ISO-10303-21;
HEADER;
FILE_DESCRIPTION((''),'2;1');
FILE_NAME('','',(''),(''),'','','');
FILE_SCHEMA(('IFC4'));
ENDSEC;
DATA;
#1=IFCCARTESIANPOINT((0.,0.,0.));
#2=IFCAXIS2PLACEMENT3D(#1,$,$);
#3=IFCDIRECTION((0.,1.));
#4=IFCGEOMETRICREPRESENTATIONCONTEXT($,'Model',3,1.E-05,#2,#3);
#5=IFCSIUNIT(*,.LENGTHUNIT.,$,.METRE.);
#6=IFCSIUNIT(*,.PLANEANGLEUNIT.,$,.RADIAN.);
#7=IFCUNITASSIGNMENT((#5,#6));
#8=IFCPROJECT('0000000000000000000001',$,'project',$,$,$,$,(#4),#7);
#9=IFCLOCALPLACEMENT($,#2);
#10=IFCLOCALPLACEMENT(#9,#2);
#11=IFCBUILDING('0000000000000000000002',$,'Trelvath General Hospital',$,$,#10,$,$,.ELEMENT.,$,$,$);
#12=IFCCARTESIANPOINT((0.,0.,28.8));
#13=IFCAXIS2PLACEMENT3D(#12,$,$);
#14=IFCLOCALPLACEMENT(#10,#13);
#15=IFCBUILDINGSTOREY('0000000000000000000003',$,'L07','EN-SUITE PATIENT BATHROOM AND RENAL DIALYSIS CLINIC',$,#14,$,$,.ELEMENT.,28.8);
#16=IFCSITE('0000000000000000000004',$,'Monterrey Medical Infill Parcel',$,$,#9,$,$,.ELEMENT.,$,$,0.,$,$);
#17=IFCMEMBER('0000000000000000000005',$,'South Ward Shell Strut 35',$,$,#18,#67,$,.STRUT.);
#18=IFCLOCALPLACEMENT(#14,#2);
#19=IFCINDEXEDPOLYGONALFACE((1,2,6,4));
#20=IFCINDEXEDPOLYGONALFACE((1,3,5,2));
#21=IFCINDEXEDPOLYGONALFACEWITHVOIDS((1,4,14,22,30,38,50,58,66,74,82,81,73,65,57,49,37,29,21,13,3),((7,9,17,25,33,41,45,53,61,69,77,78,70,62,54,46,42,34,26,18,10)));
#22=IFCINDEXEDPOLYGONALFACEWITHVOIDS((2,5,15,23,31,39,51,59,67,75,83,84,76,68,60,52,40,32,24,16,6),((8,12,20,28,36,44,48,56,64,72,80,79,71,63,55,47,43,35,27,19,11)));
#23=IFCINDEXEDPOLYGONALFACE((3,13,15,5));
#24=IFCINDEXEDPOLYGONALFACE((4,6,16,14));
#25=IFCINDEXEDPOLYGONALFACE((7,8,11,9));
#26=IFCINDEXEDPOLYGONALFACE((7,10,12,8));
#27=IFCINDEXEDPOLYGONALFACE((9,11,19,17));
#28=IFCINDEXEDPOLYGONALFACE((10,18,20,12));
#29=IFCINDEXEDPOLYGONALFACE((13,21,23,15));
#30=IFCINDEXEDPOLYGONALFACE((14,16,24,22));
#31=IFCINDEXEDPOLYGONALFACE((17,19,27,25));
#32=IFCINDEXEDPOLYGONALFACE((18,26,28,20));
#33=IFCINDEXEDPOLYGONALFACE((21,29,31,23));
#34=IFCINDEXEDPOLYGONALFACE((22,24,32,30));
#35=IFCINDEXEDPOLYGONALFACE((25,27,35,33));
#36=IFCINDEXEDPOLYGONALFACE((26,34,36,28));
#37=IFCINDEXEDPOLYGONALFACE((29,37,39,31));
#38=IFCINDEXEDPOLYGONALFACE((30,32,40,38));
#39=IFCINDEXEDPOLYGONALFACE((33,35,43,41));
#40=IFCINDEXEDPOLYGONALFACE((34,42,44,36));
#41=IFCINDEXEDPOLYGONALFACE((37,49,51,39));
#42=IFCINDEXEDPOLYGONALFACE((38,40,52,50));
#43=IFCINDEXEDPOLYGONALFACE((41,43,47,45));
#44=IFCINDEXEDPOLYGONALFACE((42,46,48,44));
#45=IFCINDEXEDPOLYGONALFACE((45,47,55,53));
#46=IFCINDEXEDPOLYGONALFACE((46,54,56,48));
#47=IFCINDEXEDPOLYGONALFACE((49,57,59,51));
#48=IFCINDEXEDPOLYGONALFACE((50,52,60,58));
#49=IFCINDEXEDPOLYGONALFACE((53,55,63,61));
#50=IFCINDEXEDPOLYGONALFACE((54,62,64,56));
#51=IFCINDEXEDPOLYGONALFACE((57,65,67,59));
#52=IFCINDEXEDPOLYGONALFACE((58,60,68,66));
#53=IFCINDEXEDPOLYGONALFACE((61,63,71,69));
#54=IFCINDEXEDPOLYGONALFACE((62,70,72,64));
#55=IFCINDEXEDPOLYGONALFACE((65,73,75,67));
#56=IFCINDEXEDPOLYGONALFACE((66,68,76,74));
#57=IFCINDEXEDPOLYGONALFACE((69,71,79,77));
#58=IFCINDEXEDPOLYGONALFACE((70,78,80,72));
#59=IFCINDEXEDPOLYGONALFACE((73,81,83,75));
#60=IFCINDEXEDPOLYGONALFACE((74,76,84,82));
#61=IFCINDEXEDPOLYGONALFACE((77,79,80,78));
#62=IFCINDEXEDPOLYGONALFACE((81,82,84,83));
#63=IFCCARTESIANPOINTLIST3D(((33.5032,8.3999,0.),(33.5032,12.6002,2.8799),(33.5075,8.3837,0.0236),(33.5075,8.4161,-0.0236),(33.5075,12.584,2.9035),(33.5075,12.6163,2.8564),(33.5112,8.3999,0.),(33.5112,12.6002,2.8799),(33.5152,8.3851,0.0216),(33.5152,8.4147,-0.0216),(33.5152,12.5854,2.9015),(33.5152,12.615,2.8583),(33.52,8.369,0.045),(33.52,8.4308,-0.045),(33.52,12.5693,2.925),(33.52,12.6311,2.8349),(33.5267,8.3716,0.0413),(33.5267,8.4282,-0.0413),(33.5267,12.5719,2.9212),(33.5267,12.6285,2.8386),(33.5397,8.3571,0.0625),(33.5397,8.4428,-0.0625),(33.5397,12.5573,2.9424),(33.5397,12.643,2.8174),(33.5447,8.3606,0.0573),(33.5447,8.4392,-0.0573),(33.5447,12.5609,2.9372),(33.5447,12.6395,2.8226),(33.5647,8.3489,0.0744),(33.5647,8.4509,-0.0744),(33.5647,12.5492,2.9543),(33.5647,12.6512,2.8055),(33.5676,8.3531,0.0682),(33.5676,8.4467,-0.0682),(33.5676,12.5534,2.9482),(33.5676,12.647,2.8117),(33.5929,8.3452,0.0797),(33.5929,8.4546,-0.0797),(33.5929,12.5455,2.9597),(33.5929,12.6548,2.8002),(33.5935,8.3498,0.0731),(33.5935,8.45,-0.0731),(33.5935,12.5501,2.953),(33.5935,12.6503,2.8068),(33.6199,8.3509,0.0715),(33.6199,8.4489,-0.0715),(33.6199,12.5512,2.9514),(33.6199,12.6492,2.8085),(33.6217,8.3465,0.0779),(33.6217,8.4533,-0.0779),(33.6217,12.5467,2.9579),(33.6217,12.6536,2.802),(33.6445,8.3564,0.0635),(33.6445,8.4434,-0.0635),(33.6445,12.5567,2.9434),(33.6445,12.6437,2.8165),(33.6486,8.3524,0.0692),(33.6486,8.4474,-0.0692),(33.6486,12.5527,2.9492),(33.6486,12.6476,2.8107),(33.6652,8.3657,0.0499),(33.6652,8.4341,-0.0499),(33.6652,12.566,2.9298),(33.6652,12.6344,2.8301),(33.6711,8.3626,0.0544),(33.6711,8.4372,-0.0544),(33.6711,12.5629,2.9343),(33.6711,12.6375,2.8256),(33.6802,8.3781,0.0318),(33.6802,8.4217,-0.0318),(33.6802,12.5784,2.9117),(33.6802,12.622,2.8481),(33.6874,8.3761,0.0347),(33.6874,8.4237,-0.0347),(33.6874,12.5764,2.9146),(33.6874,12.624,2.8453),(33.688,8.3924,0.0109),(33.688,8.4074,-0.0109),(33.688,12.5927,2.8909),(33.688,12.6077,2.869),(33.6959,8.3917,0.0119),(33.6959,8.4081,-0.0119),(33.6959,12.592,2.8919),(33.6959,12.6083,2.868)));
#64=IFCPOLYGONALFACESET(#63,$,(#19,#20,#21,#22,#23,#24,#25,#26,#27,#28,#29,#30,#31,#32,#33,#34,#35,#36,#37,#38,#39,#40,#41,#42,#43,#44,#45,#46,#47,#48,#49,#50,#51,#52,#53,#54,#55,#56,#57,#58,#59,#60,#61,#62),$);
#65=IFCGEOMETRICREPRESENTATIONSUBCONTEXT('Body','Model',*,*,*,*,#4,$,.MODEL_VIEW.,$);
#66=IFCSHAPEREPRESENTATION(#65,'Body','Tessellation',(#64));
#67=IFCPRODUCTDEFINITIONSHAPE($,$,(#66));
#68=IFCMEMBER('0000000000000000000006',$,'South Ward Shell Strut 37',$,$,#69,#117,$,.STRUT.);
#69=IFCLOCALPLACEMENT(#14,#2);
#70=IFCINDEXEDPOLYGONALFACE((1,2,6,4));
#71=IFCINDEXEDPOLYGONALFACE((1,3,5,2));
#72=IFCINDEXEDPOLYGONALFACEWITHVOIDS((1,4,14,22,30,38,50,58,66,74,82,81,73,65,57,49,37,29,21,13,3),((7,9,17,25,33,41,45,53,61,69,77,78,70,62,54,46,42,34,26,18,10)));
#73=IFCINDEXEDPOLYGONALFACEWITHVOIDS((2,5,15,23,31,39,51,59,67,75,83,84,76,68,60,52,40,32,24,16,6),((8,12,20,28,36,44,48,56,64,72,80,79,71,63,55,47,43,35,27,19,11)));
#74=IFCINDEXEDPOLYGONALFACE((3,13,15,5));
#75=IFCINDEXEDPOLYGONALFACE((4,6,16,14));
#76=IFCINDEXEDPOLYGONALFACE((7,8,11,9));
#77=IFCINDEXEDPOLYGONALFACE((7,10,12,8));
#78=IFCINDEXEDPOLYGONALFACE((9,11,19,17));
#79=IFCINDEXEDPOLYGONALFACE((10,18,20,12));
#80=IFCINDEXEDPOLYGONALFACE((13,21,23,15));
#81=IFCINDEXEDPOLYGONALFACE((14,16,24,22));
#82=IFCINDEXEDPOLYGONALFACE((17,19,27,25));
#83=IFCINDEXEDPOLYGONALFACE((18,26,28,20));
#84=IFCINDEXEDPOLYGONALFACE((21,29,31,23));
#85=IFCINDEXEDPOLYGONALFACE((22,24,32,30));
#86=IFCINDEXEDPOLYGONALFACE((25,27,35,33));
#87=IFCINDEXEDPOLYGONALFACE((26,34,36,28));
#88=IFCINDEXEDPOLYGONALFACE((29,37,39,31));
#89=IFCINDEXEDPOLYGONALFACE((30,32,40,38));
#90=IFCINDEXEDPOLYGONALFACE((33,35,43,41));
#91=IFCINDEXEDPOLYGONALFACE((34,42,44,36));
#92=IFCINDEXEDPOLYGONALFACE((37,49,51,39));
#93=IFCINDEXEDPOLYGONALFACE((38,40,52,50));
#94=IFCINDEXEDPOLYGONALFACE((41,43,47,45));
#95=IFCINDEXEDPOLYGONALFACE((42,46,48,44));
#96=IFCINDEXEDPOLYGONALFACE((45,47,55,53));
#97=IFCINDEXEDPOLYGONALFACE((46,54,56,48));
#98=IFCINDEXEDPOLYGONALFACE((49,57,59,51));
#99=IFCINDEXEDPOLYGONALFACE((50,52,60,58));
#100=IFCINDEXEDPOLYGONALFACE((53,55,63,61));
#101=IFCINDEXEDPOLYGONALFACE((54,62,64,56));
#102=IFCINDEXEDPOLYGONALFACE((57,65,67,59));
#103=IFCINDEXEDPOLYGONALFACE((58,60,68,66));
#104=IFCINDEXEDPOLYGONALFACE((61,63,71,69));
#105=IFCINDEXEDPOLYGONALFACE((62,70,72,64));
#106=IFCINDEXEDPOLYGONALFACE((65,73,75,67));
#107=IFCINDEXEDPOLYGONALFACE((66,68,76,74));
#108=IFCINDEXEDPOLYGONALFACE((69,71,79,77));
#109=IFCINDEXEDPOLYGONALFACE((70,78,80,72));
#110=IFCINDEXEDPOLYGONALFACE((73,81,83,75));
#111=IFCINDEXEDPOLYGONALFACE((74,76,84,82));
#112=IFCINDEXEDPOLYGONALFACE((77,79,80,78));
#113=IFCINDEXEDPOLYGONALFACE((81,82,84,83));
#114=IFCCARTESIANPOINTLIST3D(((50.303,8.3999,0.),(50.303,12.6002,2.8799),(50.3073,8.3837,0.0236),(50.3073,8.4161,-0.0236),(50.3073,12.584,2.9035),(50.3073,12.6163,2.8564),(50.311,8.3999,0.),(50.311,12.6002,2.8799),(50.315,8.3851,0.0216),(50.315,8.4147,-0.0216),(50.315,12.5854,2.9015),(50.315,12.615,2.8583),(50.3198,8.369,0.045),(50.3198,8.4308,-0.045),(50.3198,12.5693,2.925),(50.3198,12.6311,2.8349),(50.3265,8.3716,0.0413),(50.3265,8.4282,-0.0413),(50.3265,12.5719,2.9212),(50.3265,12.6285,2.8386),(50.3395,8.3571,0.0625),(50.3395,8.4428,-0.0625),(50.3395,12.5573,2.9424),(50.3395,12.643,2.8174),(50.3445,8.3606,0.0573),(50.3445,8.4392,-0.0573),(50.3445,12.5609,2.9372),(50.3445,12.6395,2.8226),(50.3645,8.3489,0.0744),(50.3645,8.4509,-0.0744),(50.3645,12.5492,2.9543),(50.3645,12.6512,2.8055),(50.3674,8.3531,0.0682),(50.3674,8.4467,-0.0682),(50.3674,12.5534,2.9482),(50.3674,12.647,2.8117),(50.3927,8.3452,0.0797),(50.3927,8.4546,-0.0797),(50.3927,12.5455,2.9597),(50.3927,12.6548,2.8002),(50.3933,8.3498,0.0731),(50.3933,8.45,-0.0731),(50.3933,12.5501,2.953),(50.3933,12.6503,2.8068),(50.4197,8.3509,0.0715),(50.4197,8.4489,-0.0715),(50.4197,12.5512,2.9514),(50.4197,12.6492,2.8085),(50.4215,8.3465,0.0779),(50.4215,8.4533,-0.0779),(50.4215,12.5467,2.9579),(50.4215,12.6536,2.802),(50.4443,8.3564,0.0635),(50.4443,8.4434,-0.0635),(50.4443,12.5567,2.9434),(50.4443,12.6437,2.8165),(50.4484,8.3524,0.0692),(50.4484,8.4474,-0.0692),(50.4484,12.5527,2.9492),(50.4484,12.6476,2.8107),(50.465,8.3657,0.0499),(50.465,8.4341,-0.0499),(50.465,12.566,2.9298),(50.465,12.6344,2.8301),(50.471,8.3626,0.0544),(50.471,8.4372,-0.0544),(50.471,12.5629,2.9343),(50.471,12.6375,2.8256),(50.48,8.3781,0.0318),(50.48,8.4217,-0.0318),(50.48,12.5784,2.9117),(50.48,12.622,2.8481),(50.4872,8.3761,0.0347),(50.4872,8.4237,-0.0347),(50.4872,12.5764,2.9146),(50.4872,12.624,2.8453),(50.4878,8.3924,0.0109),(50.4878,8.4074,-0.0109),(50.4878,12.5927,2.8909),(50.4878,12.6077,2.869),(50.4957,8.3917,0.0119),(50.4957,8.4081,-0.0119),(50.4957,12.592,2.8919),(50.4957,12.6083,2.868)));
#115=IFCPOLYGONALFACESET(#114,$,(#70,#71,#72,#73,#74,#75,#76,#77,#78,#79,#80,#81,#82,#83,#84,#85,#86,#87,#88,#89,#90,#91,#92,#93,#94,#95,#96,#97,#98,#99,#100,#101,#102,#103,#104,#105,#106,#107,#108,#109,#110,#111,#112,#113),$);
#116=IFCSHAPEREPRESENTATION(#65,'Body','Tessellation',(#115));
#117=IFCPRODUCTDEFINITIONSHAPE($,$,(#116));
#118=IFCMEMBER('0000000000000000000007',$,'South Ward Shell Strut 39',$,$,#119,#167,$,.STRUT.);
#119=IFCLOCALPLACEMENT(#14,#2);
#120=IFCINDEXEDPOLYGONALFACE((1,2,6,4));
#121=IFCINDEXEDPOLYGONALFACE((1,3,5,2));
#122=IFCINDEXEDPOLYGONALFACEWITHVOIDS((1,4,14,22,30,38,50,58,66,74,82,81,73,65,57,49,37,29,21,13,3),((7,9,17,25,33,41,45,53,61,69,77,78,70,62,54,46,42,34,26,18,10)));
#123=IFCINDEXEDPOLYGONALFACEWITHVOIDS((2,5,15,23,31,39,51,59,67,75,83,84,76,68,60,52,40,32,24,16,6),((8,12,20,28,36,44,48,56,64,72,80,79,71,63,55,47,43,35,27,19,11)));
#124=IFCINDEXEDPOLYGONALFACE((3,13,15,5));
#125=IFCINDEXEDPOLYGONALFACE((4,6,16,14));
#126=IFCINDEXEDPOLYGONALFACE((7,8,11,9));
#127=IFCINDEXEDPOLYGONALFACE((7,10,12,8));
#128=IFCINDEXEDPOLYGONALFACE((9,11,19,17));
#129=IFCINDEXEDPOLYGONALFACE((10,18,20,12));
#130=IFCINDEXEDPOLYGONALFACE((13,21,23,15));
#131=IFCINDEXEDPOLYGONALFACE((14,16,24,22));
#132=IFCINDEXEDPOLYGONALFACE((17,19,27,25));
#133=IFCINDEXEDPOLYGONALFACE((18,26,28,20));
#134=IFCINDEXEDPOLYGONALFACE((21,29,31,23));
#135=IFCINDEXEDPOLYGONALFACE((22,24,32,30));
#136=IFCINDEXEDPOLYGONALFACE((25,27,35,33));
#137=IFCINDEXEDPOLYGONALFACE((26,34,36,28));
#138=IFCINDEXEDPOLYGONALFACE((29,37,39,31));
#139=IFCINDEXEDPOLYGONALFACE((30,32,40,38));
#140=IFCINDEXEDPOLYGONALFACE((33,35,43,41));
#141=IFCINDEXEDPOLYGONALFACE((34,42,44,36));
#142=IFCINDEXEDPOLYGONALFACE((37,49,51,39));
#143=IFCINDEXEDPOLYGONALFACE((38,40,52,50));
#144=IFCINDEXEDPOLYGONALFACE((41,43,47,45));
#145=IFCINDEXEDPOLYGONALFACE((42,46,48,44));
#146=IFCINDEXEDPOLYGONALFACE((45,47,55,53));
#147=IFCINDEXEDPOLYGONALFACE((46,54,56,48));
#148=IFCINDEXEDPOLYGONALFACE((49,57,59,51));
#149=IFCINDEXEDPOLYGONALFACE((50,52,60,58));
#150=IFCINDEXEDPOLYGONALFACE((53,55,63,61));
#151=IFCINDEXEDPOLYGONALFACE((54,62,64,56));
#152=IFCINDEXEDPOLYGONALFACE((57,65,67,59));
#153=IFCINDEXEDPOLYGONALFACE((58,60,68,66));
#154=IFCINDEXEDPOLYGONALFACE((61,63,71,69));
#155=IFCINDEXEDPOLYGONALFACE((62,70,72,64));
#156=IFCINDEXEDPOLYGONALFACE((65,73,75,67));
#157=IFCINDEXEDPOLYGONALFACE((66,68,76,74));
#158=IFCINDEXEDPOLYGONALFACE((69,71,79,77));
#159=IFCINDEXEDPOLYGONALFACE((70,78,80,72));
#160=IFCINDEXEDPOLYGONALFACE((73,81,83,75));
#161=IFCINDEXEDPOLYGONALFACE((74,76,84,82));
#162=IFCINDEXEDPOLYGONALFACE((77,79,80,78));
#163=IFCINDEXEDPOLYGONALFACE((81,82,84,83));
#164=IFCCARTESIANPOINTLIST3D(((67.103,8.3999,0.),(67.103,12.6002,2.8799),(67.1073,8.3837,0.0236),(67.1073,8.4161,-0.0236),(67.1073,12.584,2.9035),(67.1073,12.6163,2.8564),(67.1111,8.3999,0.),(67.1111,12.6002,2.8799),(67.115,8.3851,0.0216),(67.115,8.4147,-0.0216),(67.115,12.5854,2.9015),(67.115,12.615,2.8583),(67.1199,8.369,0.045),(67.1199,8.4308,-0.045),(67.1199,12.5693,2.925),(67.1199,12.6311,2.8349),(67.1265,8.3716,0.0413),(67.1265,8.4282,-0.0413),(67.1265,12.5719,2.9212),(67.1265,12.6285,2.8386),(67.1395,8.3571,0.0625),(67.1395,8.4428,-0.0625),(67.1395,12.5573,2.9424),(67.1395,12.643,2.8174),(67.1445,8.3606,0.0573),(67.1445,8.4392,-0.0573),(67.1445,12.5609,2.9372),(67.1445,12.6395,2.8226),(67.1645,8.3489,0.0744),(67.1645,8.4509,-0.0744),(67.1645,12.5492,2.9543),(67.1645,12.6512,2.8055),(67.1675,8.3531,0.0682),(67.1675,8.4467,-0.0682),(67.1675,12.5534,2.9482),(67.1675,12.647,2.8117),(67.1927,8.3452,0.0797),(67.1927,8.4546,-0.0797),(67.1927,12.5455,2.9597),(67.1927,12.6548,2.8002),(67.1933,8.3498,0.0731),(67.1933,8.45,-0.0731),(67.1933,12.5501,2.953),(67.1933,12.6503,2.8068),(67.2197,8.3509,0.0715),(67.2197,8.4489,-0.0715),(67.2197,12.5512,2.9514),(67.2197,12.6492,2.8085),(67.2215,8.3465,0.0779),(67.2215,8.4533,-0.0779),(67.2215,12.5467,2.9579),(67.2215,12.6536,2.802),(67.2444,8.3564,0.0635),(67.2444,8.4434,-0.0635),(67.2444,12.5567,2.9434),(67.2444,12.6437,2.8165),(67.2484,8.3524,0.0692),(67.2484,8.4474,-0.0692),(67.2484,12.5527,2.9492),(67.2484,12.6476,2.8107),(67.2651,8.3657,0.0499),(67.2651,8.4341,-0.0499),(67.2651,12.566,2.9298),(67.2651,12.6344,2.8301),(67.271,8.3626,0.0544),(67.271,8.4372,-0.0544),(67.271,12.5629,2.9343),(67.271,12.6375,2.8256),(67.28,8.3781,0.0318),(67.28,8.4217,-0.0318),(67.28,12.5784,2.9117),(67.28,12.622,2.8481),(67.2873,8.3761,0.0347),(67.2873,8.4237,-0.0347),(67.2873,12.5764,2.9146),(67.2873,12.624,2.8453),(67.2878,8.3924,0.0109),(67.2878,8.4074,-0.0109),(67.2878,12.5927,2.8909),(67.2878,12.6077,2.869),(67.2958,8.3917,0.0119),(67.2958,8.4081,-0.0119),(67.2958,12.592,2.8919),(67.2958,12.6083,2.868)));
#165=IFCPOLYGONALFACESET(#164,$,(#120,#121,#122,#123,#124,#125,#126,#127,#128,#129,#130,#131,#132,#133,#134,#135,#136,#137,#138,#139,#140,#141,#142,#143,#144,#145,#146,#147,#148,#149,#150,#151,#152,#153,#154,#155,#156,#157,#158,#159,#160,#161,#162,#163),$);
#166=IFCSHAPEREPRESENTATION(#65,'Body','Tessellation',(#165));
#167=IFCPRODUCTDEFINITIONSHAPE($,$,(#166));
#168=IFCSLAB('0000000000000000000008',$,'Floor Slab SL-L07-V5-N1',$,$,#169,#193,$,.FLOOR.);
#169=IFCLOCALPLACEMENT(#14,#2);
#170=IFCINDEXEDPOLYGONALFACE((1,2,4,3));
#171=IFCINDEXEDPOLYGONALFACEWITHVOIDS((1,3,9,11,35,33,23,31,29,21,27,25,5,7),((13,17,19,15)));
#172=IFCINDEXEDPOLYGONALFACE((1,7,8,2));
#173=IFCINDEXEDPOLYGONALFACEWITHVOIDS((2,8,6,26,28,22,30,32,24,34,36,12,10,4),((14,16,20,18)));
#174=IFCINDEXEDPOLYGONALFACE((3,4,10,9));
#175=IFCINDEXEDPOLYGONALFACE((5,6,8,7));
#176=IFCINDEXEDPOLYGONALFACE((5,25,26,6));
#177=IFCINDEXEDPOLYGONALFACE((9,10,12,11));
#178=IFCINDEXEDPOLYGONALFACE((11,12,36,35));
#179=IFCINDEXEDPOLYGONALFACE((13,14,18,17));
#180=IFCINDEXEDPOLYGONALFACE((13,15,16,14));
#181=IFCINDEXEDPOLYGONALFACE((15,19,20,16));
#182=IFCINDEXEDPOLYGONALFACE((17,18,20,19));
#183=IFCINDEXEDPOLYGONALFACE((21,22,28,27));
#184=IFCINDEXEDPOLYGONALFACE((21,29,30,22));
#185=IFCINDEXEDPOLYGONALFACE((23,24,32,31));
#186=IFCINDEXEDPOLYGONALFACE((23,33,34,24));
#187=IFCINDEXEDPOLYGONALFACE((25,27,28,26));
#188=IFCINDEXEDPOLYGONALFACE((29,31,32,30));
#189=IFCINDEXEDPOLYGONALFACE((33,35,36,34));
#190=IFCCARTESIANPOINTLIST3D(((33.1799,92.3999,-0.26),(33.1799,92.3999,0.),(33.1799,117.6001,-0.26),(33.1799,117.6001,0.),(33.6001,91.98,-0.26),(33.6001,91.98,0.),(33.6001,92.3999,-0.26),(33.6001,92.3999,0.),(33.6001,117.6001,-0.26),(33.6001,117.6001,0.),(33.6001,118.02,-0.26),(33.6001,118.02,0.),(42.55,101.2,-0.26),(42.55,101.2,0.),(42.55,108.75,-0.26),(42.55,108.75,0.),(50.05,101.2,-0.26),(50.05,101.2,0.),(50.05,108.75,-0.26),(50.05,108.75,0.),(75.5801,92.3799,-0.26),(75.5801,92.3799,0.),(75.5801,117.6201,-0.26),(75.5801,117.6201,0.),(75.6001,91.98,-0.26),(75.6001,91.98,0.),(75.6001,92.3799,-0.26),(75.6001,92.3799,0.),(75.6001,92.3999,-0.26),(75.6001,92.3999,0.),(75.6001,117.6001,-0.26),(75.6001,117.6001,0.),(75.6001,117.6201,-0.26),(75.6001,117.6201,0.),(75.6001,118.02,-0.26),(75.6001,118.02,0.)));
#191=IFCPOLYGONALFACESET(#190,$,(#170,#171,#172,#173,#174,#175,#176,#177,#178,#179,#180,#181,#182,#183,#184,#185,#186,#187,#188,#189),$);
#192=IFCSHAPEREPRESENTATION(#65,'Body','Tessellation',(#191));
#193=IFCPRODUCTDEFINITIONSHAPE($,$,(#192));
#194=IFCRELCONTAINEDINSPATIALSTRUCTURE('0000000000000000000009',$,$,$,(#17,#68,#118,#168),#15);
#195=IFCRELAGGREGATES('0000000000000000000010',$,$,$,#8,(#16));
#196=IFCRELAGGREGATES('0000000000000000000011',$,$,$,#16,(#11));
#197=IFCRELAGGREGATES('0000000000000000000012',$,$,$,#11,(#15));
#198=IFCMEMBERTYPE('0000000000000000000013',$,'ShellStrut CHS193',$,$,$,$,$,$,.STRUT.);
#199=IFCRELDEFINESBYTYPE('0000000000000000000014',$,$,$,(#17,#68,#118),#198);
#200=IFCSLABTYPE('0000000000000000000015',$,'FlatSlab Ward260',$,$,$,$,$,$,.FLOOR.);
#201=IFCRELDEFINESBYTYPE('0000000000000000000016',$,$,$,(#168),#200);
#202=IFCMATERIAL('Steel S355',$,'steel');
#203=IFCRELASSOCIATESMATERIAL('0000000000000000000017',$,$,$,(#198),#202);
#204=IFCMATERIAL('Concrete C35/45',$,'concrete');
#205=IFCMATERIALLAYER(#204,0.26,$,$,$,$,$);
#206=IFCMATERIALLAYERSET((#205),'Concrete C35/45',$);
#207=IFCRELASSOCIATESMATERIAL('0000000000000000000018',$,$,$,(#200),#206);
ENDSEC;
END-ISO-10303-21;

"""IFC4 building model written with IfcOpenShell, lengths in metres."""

from ifc_helpers import new_model, si_unit, direction, frame, origin, origin_2d, place, context, subcontext, project, spatial, polyline, hollow_circle, outline, extrude, material, layer, layer_set, material_profile, profile_set, type_object, element, save


model = new_model("IFC4")

# Units and contexts
model_context = context("Model", 3, precision=1e-05, world=origin(), true_north=direction((0.0, 1.0)))
body_context = subcontext(model_context, "Body", "Model", "MODEL_VIEW")
ifc_project = project(units=[si_unit("LENGTHUNIT", "METRE"), si_unit("PLANEANGLEUNIT", "RADIAN")], contexts=[model_context])

# Site, building, storey
site_placement = place(None, origin())
site = spatial("IfcSite", under=ifc_project, at=site_placement, Name="Monterrey Medical Infill Parcel", CompositionType="ELEMENT", RefElevation=0.0)
building_placement = place(site_placement, origin())
building = spatial("IfcBuilding", under=site, at=building_placement, Name="Trelvath General Hospital", CompositionType="ELEMENT")
storey_placement = place(building_placement, frame((0.0, 0.0, 28.8)))
storey = spatial("IfcBuildingStorey", under=building, at=storey_placement, Name="L07", Description="EN-SUITE PATIENT BATHROOM AND RENAL DIALYSIS CLINIC", CompositionType="ELEMENT", Elevation=28.8)

# Members
ifc_material_1 = material(Name="Steel S355", Category="steel")
ifc_material_profile = material_profile(ifc_material_1, hollow_circle(Radius=0.0969, WallThickness=0.0081, at=origin_2d()), Name="CHS193.7x8.0")
ifc_profile_set = profile_set([ifc_material_profile], Name="Steel S355")
member_type = type_object("IfcMemberType", Name="ShellStrut CHS193", PredefinedType="STRUT", material=ifc_profile_set)
for number, where, z_axis, x_axis, name in (
    (1, (33.6001, 8.3999, 0.0), (0.0, 0.824752, 0.565495), (-1.0, 0.0, 0.0), "South Ward Shell Strut 35"),
    (2, (50.3999, 8.3999, 0.0), (0.0, 0.824752, 0.565495), (-1.0, 0.0, 0.0), "South Ward Shell Strut 37"),
    (3, (67.2, 8.3999, 0.0), (0.0, 0.824752, 0.565495), (-1.0, 0.0, 0.0), "South Ward Shell Strut 39"),
):
    element("IfcMember", number, at=place(storey_placement, frame(where, z_axis=z_axis, x_axis=x_axis)), inside=storey, type_object=member_type, Name=name, PredefinedType="STRUT", context=body_context, shape_type="SweptSolid", body=[
        extrude(hollow_circle(Radius=0.0969, WallThickness=0.0081, at=origin_2d()), origin(), (0.0, 0.0, 1.0), 5.0928),
    ])

# Slab
ifc_material_2 = material(Name="Concrete C35/45", Category="concrete")
ifc_layer_1 = layer(ifc_material_2, 0.26)
ifc_layer_set_1 = layer_set([ifc_layer_1], Name="Concrete C35/45")
slab_type_1 = type_object("IfcSlabType", Name="FlatSlab Ward260", PredefinedType="FLOOR", material=ifc_layer_set_1)
slab_1_placement = place(storey_placement, frame((0.0, 0.0, -0.26)))
element("IfcSlab", 4, at=slab_1_placement, inside=storey, type_object=slab_type_1, Name="Floor Slab SL-L07-V5-N1", PredefinedType="FLOOR", context=body_context, shape_type="SweptSolid", body=[
    extrude(outline(polyline([(75.5801, 92.3799), (75.6001, 92.3799), (75.6001, 91.98), (33.6001, 91.98), (33.6001, 92.3999), (33.1799, 92.3999), (33.1799, 117.6001), (33.6001, 117.6001), (33.6001, 118.02), (75.6001, 118.02), (75.6001, 117.6201), (75.5801, 117.6201), (75.6001, 117.6001), (75.6001, 92.3999), (75.5801, 92.3799)]), holes=[polyline([(42.55, 101.2), (50.05, 101.2), (50.05, 108.75), (42.55, 108.75), (42.55, 101.2)])]), origin(), (0.0, 0.0, 1.0), 0.26),
])

save(model, "model.ifc")
